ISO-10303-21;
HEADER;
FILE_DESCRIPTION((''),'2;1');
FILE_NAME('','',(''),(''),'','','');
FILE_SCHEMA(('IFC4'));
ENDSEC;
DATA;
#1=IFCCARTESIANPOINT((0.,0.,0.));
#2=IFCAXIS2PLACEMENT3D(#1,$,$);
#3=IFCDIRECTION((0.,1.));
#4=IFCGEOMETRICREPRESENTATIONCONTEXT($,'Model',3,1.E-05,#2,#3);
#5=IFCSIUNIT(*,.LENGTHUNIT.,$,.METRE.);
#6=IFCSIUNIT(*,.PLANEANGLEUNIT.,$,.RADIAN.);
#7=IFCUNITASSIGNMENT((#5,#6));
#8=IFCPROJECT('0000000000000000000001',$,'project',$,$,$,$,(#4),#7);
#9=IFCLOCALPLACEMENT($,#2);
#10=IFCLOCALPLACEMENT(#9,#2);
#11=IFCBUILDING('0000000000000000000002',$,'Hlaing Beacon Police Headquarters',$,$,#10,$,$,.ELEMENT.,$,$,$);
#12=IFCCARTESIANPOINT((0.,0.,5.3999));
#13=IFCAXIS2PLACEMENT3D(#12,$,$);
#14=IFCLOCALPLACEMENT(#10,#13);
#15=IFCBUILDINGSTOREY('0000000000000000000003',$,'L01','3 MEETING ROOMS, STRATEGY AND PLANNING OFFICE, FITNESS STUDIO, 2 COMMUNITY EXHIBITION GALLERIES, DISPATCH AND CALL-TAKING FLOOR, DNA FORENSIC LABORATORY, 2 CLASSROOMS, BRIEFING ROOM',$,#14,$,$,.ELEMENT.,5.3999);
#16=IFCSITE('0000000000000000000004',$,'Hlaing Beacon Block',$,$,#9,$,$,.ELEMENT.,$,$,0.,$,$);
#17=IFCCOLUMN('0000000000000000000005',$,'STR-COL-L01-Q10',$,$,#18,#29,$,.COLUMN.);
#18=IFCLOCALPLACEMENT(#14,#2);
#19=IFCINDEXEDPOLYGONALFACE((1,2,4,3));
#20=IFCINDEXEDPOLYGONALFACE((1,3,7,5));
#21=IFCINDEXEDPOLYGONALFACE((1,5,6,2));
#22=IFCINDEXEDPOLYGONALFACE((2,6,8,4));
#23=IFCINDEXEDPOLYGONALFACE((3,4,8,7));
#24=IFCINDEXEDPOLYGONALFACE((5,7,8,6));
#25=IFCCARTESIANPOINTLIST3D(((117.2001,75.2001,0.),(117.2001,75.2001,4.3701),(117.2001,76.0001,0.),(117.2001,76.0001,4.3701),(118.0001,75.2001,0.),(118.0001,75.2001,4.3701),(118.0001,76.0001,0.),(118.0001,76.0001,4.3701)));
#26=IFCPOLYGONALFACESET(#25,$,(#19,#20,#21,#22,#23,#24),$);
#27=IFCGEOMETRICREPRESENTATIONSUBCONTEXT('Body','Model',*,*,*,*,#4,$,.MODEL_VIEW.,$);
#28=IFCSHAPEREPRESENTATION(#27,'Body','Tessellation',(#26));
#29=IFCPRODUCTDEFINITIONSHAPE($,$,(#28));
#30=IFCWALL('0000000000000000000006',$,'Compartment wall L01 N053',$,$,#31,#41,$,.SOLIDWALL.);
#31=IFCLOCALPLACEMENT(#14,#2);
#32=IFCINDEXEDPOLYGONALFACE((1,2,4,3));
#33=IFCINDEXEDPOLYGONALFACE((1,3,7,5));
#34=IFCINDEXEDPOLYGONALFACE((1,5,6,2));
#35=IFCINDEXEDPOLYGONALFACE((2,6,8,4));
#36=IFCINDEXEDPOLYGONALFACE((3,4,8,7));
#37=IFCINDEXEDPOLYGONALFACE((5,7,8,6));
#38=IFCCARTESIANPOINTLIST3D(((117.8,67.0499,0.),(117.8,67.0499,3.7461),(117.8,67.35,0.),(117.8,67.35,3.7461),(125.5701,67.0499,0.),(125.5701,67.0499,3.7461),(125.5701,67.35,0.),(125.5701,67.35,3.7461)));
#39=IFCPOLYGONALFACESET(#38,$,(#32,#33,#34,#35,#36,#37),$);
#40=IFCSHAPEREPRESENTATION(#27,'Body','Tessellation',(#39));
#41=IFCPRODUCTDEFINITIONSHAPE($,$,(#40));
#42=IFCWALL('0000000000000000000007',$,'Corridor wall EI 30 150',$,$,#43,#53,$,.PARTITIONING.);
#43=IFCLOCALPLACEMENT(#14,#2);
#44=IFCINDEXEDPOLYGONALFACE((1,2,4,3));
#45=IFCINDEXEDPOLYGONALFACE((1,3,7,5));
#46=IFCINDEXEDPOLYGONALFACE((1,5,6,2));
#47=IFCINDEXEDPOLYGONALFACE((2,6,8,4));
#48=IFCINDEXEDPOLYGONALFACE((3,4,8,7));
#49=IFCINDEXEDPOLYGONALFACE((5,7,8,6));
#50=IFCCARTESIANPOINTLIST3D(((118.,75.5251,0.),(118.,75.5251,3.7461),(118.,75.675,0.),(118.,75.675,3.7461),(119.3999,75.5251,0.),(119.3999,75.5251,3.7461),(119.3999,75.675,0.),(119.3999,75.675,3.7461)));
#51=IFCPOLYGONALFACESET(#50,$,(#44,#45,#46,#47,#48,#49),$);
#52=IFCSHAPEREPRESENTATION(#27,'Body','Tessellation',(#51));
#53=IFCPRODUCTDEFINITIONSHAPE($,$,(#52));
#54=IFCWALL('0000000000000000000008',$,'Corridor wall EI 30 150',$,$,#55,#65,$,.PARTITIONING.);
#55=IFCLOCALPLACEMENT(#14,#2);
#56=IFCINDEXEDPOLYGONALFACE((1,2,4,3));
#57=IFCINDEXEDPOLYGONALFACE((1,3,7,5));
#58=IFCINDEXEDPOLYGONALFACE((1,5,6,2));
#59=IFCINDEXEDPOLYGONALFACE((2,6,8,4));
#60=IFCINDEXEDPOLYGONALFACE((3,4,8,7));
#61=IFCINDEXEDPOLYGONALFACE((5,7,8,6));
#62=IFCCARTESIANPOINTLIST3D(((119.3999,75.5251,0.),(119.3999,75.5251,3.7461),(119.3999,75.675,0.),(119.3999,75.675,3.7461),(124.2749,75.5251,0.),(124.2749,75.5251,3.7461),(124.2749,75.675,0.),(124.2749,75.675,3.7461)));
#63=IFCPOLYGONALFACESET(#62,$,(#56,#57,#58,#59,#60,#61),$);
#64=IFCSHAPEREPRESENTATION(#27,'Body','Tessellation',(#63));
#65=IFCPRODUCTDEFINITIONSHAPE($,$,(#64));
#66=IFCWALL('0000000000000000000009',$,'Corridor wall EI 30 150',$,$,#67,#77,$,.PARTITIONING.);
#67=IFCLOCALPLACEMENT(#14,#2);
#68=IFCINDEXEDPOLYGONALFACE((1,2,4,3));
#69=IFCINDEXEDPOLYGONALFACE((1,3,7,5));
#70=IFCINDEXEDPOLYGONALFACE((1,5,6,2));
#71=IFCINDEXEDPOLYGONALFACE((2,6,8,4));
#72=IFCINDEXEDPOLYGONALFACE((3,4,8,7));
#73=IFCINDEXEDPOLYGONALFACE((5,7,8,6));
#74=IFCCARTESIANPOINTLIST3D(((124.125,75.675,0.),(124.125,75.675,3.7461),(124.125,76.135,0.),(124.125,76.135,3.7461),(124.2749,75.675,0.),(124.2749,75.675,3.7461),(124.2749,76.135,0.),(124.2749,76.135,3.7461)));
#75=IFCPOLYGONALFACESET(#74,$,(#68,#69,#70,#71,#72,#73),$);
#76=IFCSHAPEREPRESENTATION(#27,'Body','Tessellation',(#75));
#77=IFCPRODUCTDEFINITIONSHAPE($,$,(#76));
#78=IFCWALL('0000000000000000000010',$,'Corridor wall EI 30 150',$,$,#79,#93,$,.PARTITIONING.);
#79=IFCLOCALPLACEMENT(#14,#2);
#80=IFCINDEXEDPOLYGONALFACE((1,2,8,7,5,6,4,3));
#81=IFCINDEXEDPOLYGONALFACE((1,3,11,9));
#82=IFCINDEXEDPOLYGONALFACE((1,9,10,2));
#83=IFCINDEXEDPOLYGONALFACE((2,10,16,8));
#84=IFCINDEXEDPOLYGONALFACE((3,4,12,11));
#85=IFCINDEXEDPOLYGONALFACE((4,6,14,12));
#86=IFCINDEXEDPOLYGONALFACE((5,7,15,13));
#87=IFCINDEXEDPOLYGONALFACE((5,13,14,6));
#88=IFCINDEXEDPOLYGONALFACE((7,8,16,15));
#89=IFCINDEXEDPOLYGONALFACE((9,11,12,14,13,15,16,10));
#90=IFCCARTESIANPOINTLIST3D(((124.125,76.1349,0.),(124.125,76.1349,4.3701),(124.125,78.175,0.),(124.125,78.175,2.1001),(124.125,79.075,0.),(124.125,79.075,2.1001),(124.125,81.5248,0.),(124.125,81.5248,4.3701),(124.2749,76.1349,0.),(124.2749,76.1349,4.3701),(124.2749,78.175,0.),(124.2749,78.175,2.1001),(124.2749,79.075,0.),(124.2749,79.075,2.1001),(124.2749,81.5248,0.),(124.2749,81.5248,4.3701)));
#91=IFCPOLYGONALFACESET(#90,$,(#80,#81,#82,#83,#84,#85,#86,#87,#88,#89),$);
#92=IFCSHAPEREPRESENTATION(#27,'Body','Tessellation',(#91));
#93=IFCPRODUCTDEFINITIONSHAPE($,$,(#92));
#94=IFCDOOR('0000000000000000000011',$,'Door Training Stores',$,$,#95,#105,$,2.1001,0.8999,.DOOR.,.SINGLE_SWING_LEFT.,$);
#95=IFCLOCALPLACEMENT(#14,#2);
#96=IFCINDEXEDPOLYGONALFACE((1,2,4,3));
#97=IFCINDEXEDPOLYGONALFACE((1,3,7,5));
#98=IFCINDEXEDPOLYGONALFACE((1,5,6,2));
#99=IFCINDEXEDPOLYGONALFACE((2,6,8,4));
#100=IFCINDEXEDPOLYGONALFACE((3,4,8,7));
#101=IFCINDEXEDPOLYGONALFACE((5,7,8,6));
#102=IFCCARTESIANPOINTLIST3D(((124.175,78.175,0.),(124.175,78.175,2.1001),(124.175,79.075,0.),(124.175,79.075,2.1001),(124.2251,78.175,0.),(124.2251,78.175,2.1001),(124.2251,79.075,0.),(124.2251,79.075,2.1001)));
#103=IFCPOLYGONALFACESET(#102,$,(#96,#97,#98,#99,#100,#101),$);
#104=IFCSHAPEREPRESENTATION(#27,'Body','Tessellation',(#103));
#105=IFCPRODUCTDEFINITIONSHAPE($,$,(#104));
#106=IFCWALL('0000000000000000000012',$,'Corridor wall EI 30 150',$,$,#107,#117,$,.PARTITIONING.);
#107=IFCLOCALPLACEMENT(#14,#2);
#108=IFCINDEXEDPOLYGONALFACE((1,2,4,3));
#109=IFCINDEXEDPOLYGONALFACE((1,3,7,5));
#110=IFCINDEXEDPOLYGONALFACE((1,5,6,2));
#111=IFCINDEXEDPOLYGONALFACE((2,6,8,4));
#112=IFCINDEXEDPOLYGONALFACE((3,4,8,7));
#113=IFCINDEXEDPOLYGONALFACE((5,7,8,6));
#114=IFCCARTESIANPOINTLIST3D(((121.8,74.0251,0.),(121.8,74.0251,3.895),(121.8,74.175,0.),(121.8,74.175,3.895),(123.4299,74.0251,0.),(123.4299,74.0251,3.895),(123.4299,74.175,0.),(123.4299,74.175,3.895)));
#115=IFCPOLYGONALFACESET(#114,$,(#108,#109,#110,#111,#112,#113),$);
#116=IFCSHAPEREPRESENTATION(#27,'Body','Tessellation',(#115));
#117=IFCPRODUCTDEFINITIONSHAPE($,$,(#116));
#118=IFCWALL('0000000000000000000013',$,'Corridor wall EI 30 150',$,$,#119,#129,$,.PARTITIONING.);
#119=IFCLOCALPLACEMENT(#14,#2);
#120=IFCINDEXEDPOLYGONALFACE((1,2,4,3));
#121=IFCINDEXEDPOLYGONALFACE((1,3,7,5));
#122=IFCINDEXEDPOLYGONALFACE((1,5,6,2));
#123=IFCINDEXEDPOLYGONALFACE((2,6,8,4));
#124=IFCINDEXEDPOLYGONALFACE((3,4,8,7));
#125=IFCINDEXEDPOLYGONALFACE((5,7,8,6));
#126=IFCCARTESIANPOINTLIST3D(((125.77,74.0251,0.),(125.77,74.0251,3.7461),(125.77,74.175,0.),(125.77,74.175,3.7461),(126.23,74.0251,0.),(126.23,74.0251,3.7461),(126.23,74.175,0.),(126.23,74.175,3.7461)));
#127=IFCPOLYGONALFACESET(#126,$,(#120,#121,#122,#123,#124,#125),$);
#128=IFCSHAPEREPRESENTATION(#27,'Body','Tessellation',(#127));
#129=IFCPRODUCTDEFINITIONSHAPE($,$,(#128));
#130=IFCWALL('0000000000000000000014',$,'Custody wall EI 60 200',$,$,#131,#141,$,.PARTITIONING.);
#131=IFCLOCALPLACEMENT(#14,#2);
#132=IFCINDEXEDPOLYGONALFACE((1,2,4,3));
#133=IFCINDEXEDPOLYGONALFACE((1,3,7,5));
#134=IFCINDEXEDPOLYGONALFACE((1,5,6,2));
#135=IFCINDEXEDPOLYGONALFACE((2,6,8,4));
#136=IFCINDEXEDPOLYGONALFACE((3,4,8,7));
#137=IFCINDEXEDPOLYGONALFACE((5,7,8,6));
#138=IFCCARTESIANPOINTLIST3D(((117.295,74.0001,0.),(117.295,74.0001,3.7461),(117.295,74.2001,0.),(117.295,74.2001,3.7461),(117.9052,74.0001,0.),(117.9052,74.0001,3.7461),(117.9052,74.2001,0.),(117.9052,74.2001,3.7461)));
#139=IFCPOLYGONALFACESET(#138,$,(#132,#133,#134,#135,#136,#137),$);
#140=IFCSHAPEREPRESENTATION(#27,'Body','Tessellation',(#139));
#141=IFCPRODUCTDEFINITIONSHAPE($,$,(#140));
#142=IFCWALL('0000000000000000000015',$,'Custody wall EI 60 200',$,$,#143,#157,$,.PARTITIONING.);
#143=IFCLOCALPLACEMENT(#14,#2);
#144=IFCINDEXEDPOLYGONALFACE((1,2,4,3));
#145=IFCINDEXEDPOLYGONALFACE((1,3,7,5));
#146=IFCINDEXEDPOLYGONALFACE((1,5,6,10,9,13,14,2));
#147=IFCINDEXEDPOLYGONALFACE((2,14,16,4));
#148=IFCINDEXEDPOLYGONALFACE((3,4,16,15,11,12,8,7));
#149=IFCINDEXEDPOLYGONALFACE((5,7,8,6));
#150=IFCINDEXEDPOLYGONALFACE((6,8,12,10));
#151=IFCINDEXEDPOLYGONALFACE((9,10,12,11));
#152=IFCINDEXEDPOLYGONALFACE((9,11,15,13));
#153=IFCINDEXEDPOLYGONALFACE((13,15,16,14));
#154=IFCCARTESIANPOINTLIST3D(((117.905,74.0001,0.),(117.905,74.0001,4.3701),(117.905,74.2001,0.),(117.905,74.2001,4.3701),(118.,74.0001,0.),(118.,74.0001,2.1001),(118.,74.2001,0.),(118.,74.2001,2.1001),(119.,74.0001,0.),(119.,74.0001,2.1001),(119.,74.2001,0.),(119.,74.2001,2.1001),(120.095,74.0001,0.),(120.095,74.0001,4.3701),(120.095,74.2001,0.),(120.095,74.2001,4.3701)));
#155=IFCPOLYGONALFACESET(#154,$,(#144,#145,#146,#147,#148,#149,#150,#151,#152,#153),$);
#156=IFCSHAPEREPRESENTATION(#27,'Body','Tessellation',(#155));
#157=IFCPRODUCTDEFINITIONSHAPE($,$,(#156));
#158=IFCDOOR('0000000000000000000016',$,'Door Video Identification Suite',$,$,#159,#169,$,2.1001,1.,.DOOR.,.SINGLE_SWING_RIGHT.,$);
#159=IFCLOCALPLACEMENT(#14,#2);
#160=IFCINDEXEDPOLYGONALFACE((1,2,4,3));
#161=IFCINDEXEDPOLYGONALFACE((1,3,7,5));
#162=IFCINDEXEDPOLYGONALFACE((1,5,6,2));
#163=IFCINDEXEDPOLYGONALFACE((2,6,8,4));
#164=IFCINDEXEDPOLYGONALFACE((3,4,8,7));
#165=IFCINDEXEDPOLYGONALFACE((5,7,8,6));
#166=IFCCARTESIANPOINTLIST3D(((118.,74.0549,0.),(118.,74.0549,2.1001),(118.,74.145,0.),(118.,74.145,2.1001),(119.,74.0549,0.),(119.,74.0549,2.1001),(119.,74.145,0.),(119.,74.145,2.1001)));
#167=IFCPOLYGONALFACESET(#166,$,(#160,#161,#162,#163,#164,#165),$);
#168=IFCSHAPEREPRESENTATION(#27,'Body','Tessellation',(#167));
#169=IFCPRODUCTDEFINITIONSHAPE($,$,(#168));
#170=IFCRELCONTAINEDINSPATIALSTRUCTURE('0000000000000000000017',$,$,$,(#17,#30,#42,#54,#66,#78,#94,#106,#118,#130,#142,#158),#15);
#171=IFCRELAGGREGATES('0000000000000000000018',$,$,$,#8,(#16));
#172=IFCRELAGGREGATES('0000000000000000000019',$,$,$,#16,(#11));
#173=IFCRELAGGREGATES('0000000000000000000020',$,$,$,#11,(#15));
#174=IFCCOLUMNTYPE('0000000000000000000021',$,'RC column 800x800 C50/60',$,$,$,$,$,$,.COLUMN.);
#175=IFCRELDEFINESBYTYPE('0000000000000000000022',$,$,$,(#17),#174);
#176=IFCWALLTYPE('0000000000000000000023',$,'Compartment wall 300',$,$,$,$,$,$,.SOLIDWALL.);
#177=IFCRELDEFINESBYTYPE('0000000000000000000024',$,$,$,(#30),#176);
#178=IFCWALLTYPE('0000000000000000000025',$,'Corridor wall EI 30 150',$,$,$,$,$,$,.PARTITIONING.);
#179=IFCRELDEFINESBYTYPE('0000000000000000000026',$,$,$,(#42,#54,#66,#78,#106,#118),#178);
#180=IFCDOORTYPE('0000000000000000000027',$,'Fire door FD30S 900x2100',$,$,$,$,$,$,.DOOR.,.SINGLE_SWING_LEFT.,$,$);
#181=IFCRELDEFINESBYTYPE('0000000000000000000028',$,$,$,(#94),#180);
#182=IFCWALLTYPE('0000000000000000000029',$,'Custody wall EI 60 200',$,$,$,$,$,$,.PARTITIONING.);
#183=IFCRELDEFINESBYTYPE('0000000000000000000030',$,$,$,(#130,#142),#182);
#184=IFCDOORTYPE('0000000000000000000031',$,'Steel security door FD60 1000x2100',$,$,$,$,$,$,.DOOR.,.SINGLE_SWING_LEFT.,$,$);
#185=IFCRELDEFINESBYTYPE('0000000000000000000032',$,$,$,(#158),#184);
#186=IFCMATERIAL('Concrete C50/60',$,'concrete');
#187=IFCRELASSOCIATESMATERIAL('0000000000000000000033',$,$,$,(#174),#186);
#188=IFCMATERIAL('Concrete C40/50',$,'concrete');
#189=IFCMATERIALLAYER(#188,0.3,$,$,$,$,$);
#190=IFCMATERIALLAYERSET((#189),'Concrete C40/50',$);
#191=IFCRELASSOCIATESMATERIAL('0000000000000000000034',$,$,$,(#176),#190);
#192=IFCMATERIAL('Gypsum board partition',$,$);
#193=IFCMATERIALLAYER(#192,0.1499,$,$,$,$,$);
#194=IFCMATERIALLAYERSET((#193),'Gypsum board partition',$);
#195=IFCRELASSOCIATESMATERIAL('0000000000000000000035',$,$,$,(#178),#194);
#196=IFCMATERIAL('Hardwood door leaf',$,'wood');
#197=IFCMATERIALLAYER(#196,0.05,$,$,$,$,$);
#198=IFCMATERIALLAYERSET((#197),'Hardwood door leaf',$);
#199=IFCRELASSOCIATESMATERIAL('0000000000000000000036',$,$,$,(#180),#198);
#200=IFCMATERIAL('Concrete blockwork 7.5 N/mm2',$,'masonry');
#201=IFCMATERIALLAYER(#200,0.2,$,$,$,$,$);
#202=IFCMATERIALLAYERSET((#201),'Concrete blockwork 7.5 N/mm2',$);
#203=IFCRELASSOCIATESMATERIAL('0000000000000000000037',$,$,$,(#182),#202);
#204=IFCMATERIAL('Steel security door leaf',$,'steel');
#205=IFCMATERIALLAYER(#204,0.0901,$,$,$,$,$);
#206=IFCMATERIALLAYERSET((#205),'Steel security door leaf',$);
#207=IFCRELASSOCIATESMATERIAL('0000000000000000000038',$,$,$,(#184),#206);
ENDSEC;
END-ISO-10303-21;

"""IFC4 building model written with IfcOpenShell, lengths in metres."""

from ifc_helpers import new_model, si_unit, direction, frame, frame_2d, origin, origin_2d, place, context, subcontext, project, spatial, rectangle, extrude, material, layer, layer_set, material_profile, profile_set, type_object, element, fill, save


model = new_model("IFC4")

# Units and contexts
model_context = context("Model", 3, precision=1e-05, world=origin(), true_north=direction((0.0, 1.0)))
body_context = subcontext(model_context, "Body", "Model", "MODEL_VIEW")
ifc_project = project(units=[si_unit("LENGTHUNIT", "METRE"), si_unit("PLANEANGLEUNIT", "RADIAN")], contexts=[model_context])

# Site, building, storey
site_placement = place(None, origin())
site = spatial("IfcSite", under=ifc_project, at=site_placement, Name="Hlaing Beacon Block", CompositionType="ELEMENT", RefElevation=0.0)
building_placement = place(site_placement, origin())
building = spatial("IfcBuilding", under=site, at=building_placement, Name="Hlaing Beacon Police Headquarters", CompositionType="ELEMENT")
storey_placement = place(building_placement, frame((0.0, 0.0, 5.3999)))
storey = spatial("IfcBuildingStorey", under=building, at=storey_placement, Name="L01", Description="3 MEETING ROOMS, STRATEGY AND PLANNING OFFICE, FITNESS STUDIO, 2 COMMUNITY EXHIBITION GALLERIES, DISPATCH AND CALL-TAKING FLOOR, DNA FORENSIC LABORATORY, 2 CLASSROOMS, BRIEFING ROOM", CompositionType="ELEMENT", Elevation=5.3999)

# Column
ifc_material_1 = material(Name="Concrete C50/60", Category="concrete")
ifc_material_profile = material_profile(ifc_material_1, rectangle(XDim=0.8, YDim=0.8, at=origin_2d()), Name="800x800")
ifc_profile_set = profile_set([ifc_material_profile], Name="Concrete C50/60")
column_type = type_object("IfcColumnType", Name="RC column 800x800 C50/60", PredefinedType="COLUMN", material=ifc_profile_set)
column_placement = place(storey_placement, frame((117.6001, 75.6001, 0.0), z_axis=(0.0, 0.0, 1.0), x_axis=(1.0, 0.0, 0.0)))
element("IfcColumn", 1, at=column_placement, inside=storey, type_object=column_type, Name="STR-COL-L01-Q10", PredefinedType="COLUMN", context=body_context, shape_type="SweptSolid", body=[
    extrude(rectangle(XDim=0.8, YDim=0.8, at=origin_2d()), origin(), (0.0, 0.0, 1.0), 4.3701),
])

# Walls
ifc_material_2 = material(Name="Concrete C40/50", Category="concrete")
ifc_layer_1 = layer(ifc_material_2, 0.3)
ifc_layer_set_1 = layer_set([ifc_layer_1], Name="Concrete C40/50")
wall_type_1 = type_object("IfcWallType", Name="Compartment wall 300", PredefinedType="SOLIDWALL", material=ifc_layer_set_1)
wall_1_placement = place(storey_placement, frame((125.5701, 67.2, 0.0), z_axis=(0.0, 0.0, 1.0), x_axis=(-1.0, 0.0, 0.0)))
element("IfcWall", 2, at=wall_1_placement, inside=storey, type_object=wall_type_1, Name="Compartment wall L01 N053", PredefinedType="SOLIDWALL", context=body_context, shape_type="SweptSolid", body=[
    extrude(rectangle(XDim=7.77, YDim=0.3, at=frame_2d((3.885, 0.0))), origin(), (0.0, 0.0, 1.0), 3.7461),
])
ifc_material_3 = material(Name="Gypsum board partition")
ifc_layer_2 = layer(ifc_material_3, 0.1499)
ifc_layer_set_2 = layer_set([ifc_layer_2], Name="Gypsum board partition")
wall_type_2 = type_object("IfcWallType", Name="Corridor wall EI 30 150", PredefinedType="PARTITIONING", material=ifc_layer_set_2)
wall_2_placement = place(storey_placement, frame((118.0, 75.6001, 0.0), z_axis=(0.0, 0.0, 1.0), x_axis=(1.0, 0.0, 0.0)))
element("IfcWall", 3, at=wall_2_placement, inside=storey, type_object=wall_type_2, Name="Corridor wall EI 30 150", PredefinedType="PARTITIONING", context=body_context, shape_type="SweptSolid", body=[
    extrude(rectangle(XDim=1.3999, YDim=0.1499, at=frame_2d((0.7, 0.0))), origin(), (0.0, 0.0, 1.0), 3.7461),
])
wall_3_placement = place(storey_placement, frame((119.3999, 75.6001, 0.0), z_axis=(0.0, 0.0, 1.0), x_axis=(1.0, 0.0, 0.0)))
element("IfcWall", 4, at=wall_3_placement, inside=storey, type_object=wall_type_2, Name="Corridor wall EI 30 150", PredefinedType="PARTITIONING", context=body_context, shape_type="SweptSolid", body=[
    extrude(rectangle(XDim=4.875, YDim=0.1499, at=frame_2d((2.4375, 0.0))), origin(), (0.0, 0.0, 1.0), 3.7461),
])
wall_4_placement = place(storey_placement, frame((124.2, 75.675, 0.0), z_axis=(0.0, 0.0, 1.0), x_axis=(0.0, 1.0, 0.0)))
element("IfcWall", 5, at=wall_4_placement, inside=storey, type_object=wall_type_2, Name="Corridor wall EI 30 150", PredefinedType="PARTITIONING", context=body_context, shape_type="SweptSolid", body=[
    extrude(rectangle(XDim=0.46, YDim=0.1499, at=frame_2d((0.23, 0.0))), origin(), (0.0, 0.0, 1.0), 3.7461),
])

# Wall, opening, door
wall_5_placement = place(storey_placement, frame((124.2, 76.135, 0.0), z_axis=(0.0, 0.0, 1.0), x_axis=(0.0, 1.0, 0.0)))
wall_5 = element("IfcWall", 6, at=wall_5_placement, inside=storey, type_object=wall_type_2, Name="Corridor wall EI 30 150", PredefinedType="PARTITIONING", context=body_context, shape_type="SweptSolid", body=[
    extrude(rectangle(XDim=5.3899, YDim=0.1499, at=frame_2d((2.6948, 0.0))), origin(), (0.0, 0.0, 1.0), 4.3701),
])
opening_1_placement = place(wall_5_placement, frame((2.04, 0.0, 0.0)))
opening_1 = element("IfcOpeningElement", 7, at=opening_1_placement, cuts=wall_5, PredefinedType="OPENING", context=body_context, shape_type="SweptSolid", body=[
    extrude(rectangle(XDim=0.8999, YDim=2.1001, at=frame_2d((0.45, 1.05))), frame((0.0, 0.085, 0.0), z_axis=(0.0, -1.0, 0.0), x_axis=(1.0, 0.0, 0.0)), (0.0, 0.0, 1.0), 0.1699),
])
ifc_material_4 = material(Name="Hardwood door leaf", Category="wood")
ifc_layer_3 = layer(ifc_material_4, 0.05)
ifc_layer_set_3 = layer_set([ifc_layer_3], Name="Hardwood door leaf")
door_type_1 = type_object("IfcDoorType", Name="Fire door FD30S 900x2100", OperationType="SINGLE_SWING_LEFT", PredefinedType="DOOR", material=ifc_layer_set_3)
door_1_placement = place(opening_1_placement, origin())
door_1 = element("IfcDoor", 8, at=door_1_placement, inside=storey, type_object=door_type_1, Name="Door Training Stores", OperationType="SINGLE_SWING_LEFT", OverallHeight=2.1001, OverallWidth=0.8999, PredefinedType="DOOR", context=body_context, shape_type="SweptSolid", body=[
    extrude(rectangle(XDim=0.8999, YDim=2.1001, at=frame_2d((0.45, 1.05))), frame((0.0, 0.0249, 0.0), z_axis=(0.0, -1.0, 0.0), x_axis=(1.0, 0.0, 0.0)), (0.0, 0.0, 1.0), 0.05),
])
fill(opening_1, door_1)

# Wall
wall_6_placement = place(storey_placement, frame((121.8, 74.1001, 0.0), z_axis=(0.0, 0.0, 1.0), x_axis=(1.0, 0.0, 0.0)))
element("IfcWall", 9, at=wall_6_placement, inside=storey, type_object=wall_type_2, Name="Corridor wall EI 30 150", PredefinedType="PARTITIONING", context=body_context, shape_type="SweptSolid", body=[
    extrude(rectangle(XDim=1.6299, YDim=0.1499, at=frame_2d((0.8149, 0.0))), origin(), (0.0, 0.0, 1.0), 3.895),
])

# Walls
wall_7_placement = place(storey_placement, frame((125.77, 74.1001, 0.0), z_axis=(0.0, 0.0, 1.0), x_axis=(1.0, 0.0, 0.0)))
element("IfcWall", 10, at=wall_7_placement, inside=storey, type_object=wall_type_2, Name="Corridor wall EI 30 150", PredefinedType="PARTITIONING", context=body_context, shape_type="SweptSolid", body=[
    extrude(rectangle(XDim=0.46, YDim=0.1499, at=frame_2d((0.23, 0.0))), origin(), (0.0, 0.0, 1.0), 3.7461),
])
ifc_material_5 = material(Name="Concrete blockwork 7.5 N/mm2", Category="masonry")
ifc_layer_4 = layer(ifc_material_5, 0.2)
ifc_layer_set_4 = layer_set([ifc_layer_4], Name="Concrete blockwork 7.5 N/mm2")
wall_type_3 = type_object("IfcWallType", Name="Custody wall EI 60 200", PredefinedType="PARTITIONING", material=ifc_layer_set_4)
wall_8_placement = place(storey_placement, frame((117.2949, 74.1001, 0.0), z_axis=(0.0, 0.0, 1.0), x_axis=(1.0, 0.0, 0.0)))
element("IfcWall", 11, at=wall_8_placement, inside=storey, type_object=wall_type_3, Name="Custody wall EI 60 200", PredefinedType="PARTITIONING", context=body_context, shape_type="SweptSolid", body=[
    extrude(rectangle(XDim=0.6101, YDim=0.2, at=frame_2d((0.3052, 0.0))), origin(), (0.0, 0.0, 1.0), 3.7461),
])

# Wall, opening, door
wall_9_placement = place(storey_placement, frame((117.905, 74.1001, 0.0), z_axis=(0.0, 0.0, 1.0), x_axis=(1.0, 0.0, 0.0)))
wall_9 = element("IfcWall", 12, at=wall_9_placement, inside=storey, type_object=wall_type_3, Name="Custody wall EI 60 200", PredefinedType="PARTITIONING", context=body_context, shape_type="SweptSolid", body=[
    extrude(rectangle(XDim=2.1899, YDim=0.2, at=frame_2d((1.095, 0.0))), origin(), (0.0, 0.0, 1.0), 4.3701),
])
opening_2_placement = place(wall_9_placement, frame((0.095, 0.0, 0.0)))
opening_2 = element("IfcOpeningElement", 13, at=opening_2_placement, cuts=wall_9, PredefinedType="OPENING", context=body_context, shape_type="SweptSolid", body=[
    extrude(rectangle(XDim=1.0, YDim=2.1001, at=frame_2d((0.5, 1.05))), frame((0.0, 0.1099, 0.0), z_axis=(0.0, -1.0, 0.0), x_axis=(1.0, 0.0, 0.0)), (0.0, 0.0, 1.0), 0.22),
])
ifc_material_6 = material(Name="Steel security door leaf", Category="steel")
ifc_layer_5 = layer(ifc_material_6, 0.0901)
ifc_layer_set_5 = layer_set([ifc_layer_5], Name="Steel security door leaf")
door_type_2 = type_object("IfcDoorType", Name="Steel security door FD60 1000x2100", OperationType="SINGLE_SWING_LEFT", PredefinedType="DOOR", material=ifc_layer_set_5)
door_2_placement = place(opening_2_placement, frame((1.0, 0.0, 0.0), z_axis=(0.0, 0.0, 1.0), x_axis=(-1.0, 0.0, 0.0)))
door_2 = element("IfcDoor", 14, at=door_2_placement, inside=storey, type_object=door_type_2, Name="Door Video Identification Suite", OperationType="SINGLE_SWING_RIGHT", OverallHeight=2.1001, OverallWidth=1.0, PredefinedType="DOOR", context=body_context, shape_type="SweptSolid", body=[
    extrude(rectangle(XDim=1.0, YDim=2.1001, at=frame_2d((0.5, 1.05))), frame((0.0, 0.0452, 0.0), z_axis=(0.0, -1.0, 0.0), x_axis=(1.0, 0.0, 0.0)), (0.0, 0.0, 1.0), 0.0901),
])
fill(opening_2, door_2)

save(model, "model.ifc")
